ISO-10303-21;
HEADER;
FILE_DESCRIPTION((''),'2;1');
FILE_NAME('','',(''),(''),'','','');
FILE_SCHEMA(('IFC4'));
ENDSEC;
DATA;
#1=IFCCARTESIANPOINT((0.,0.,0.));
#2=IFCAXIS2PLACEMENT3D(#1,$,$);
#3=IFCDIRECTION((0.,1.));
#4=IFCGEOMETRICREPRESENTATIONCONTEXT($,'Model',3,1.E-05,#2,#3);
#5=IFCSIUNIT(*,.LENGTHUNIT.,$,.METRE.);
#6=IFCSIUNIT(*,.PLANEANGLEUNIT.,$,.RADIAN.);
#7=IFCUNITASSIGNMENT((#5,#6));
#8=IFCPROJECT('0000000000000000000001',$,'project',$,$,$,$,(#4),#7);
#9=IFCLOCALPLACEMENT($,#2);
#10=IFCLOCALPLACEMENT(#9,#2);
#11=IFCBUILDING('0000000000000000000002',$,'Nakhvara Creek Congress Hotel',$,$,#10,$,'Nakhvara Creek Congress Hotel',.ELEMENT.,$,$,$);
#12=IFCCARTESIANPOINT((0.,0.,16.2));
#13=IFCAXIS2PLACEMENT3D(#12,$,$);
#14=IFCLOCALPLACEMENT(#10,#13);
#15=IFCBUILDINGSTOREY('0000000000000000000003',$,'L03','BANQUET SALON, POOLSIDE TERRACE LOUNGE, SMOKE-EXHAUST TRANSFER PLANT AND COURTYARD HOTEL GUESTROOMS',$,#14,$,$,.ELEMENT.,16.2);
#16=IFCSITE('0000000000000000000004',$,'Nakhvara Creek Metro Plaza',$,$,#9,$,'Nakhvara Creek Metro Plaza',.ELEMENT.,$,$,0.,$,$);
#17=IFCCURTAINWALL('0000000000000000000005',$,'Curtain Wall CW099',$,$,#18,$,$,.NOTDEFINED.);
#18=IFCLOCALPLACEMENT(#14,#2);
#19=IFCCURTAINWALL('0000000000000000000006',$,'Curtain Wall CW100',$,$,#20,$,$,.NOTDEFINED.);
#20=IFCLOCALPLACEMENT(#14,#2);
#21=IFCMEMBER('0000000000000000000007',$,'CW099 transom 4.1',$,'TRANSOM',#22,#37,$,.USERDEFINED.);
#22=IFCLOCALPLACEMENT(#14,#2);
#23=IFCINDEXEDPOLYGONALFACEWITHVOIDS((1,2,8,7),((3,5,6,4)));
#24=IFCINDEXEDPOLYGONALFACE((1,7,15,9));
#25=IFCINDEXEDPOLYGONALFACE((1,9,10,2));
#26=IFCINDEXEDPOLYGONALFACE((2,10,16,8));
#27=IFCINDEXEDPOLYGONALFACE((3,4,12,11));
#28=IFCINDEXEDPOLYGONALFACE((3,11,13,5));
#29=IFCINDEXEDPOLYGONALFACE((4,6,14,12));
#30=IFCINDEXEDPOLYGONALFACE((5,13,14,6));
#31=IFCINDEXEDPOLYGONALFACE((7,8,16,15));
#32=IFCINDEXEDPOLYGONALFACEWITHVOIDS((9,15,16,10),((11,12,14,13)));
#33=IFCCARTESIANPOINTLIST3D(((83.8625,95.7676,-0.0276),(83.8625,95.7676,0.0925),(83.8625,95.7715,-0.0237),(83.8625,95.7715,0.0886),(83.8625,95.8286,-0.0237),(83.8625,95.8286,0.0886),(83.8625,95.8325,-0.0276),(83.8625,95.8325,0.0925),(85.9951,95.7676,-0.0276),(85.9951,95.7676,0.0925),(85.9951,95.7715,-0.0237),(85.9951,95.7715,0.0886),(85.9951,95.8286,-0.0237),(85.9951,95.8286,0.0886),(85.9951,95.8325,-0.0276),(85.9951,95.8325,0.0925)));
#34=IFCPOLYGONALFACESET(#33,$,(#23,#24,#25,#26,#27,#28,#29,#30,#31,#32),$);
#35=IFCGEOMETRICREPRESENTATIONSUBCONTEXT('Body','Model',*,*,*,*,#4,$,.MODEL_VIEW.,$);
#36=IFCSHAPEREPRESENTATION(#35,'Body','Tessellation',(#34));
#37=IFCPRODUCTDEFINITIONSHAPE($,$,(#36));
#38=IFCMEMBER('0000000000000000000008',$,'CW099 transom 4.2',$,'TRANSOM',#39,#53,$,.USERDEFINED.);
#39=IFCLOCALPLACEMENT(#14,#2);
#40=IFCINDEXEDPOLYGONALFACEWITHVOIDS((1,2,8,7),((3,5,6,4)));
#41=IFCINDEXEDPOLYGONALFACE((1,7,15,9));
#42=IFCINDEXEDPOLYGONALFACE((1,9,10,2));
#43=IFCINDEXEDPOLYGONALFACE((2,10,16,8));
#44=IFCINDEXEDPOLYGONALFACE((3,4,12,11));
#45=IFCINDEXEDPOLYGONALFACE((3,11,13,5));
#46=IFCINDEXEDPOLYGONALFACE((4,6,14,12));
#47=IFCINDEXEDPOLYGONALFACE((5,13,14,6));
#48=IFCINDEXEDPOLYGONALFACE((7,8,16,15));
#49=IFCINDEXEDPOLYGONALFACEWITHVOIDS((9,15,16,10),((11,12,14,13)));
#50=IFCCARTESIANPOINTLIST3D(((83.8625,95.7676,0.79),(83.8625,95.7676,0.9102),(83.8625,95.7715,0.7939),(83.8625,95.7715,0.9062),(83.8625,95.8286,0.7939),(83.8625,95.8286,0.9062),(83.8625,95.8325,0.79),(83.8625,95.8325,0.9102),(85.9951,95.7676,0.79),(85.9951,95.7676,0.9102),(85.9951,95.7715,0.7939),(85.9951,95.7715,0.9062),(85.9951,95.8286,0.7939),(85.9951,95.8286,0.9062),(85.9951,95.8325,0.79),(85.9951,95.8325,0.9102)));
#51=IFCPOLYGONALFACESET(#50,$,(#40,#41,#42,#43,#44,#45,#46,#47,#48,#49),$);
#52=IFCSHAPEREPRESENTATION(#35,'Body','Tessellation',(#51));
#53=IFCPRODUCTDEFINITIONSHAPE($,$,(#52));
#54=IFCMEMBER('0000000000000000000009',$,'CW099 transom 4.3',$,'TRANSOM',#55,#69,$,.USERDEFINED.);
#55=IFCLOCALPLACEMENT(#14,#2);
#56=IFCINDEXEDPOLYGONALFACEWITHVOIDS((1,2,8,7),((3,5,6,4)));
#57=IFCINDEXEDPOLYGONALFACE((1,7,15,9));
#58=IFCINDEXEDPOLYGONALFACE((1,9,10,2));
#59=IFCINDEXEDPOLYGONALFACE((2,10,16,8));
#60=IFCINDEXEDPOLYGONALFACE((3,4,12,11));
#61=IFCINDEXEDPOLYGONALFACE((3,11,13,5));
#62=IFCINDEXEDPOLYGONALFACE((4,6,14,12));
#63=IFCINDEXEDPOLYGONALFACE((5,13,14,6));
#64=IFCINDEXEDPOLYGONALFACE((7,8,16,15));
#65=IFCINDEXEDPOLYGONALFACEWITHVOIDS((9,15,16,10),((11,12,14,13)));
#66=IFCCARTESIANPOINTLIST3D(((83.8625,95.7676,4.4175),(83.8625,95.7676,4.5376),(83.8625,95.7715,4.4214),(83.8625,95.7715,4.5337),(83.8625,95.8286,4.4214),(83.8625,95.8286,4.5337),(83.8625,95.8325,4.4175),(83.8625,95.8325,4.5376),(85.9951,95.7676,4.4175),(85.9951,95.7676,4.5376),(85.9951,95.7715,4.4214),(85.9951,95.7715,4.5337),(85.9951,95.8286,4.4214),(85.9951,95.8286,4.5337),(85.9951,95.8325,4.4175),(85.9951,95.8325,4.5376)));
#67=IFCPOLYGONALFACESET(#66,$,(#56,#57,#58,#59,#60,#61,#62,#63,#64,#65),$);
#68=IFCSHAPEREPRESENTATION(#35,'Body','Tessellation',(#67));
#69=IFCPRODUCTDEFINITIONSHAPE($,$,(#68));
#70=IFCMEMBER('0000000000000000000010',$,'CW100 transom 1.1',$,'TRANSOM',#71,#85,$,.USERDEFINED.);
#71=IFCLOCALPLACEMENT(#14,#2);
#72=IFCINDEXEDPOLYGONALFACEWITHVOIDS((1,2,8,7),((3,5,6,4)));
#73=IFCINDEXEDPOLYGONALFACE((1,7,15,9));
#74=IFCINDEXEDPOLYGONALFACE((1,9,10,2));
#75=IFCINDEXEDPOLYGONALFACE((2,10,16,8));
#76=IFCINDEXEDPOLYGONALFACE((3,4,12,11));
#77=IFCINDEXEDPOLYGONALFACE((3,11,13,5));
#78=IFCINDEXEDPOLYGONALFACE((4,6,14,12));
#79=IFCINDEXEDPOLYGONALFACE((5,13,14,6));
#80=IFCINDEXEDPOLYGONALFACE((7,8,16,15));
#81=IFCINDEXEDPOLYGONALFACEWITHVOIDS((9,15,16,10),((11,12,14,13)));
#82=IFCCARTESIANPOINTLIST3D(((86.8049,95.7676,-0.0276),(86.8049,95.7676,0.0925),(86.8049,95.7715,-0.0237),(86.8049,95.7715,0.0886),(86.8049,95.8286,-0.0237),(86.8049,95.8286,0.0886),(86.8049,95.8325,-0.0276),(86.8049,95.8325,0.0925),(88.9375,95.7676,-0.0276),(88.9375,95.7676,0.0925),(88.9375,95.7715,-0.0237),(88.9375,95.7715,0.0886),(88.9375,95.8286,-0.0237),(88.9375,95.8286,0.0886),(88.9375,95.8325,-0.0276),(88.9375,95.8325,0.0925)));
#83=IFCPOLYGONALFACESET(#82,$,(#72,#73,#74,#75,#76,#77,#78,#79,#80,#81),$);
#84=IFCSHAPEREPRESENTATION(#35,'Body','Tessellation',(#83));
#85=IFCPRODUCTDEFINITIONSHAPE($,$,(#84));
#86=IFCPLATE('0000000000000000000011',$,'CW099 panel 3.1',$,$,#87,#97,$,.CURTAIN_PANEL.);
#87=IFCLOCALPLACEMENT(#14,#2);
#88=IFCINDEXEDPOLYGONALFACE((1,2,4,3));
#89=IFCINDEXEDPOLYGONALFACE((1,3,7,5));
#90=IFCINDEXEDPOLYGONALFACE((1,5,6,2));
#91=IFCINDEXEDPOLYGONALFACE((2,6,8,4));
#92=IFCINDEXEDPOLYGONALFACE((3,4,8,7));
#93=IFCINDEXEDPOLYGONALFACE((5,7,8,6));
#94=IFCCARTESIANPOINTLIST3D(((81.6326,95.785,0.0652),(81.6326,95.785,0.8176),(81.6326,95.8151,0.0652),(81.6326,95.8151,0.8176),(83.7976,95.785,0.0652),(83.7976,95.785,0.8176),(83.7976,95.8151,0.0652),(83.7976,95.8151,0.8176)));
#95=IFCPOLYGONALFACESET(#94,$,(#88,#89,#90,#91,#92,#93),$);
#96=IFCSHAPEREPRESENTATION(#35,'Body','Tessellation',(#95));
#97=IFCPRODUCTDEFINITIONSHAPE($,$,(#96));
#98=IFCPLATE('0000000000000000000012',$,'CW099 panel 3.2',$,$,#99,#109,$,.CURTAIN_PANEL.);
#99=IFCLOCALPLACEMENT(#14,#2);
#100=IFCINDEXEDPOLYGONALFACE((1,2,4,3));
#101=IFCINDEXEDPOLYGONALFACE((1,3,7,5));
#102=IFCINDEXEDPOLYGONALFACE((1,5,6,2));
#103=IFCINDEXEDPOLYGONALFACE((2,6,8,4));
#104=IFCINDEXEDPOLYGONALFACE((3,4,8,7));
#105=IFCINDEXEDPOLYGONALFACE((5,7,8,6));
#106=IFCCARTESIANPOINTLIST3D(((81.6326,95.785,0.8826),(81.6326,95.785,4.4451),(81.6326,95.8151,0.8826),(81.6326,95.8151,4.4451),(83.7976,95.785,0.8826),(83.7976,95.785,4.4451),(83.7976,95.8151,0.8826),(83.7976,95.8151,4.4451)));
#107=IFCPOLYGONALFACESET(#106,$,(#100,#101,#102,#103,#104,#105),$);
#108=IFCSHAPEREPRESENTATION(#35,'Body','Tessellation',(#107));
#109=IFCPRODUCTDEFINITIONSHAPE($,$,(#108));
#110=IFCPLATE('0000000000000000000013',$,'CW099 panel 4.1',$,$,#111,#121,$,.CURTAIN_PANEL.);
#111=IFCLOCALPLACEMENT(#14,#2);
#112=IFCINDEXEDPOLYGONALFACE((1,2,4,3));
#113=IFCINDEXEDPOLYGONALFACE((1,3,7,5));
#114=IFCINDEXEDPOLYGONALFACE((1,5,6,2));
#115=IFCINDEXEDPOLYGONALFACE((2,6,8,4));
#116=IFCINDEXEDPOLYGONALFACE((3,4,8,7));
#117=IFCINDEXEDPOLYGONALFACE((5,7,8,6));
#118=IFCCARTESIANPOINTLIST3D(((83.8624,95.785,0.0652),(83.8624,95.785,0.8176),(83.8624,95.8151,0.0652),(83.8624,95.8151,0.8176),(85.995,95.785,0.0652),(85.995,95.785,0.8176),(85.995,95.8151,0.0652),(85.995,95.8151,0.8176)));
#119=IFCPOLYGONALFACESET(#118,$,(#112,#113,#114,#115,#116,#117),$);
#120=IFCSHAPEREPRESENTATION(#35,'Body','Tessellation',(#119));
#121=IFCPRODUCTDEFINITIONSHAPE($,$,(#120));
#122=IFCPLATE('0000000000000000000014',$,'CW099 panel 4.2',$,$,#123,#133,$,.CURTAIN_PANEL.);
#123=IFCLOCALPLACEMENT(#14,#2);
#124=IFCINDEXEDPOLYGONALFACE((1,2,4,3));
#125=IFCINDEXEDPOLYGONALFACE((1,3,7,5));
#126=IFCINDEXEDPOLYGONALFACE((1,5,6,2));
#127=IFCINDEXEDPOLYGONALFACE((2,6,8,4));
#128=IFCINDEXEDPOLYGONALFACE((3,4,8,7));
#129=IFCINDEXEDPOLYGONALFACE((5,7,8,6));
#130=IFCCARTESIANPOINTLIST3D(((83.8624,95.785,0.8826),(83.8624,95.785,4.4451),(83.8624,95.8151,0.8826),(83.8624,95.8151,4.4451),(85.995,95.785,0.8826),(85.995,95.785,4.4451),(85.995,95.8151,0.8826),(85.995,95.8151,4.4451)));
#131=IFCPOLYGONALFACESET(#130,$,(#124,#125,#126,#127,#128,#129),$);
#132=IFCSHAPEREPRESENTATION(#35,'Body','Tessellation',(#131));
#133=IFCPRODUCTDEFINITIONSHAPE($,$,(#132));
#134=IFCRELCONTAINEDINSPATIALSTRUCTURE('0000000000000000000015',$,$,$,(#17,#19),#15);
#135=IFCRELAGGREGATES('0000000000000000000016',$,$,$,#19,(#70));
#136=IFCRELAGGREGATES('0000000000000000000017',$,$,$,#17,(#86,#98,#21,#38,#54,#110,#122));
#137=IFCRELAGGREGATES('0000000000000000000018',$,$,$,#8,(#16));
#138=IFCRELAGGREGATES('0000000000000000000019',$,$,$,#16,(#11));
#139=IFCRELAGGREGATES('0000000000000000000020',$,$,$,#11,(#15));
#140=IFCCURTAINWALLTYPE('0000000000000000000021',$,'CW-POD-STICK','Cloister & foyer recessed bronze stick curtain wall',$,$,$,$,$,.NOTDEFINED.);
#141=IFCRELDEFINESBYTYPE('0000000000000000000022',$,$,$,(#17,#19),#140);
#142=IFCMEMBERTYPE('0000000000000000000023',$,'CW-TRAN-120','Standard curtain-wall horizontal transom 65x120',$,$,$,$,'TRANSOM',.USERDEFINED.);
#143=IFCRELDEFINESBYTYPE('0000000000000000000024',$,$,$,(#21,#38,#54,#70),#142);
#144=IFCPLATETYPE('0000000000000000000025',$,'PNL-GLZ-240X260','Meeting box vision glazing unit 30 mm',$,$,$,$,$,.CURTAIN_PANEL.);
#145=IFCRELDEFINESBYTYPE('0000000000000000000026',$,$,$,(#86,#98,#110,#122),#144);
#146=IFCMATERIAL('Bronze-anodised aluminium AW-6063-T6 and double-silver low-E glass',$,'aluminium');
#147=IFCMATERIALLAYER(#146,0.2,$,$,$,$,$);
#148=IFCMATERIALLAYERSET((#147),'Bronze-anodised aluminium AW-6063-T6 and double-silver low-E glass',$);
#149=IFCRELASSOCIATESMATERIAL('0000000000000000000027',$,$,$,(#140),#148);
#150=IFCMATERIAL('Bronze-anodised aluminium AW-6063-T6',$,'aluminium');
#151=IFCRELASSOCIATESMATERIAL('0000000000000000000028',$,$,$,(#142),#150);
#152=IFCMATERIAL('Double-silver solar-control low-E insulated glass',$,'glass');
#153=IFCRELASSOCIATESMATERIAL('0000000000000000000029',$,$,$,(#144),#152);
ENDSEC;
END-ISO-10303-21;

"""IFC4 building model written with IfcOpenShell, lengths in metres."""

from ifc_helpers import new_model, si_unit, direction, frame, origin, origin_2d, place, context, subcontext, project, spatial, rectangle, hollow_rectangle, extrude, material, layer, layer_set, material_profile, profile_set, type_object, element, aggregate, save


model = new_model("IFC4")

# Units and contexts
model_context = context("Model", 3, precision=1e-05, world=origin(), true_north=direction((0.0, 1.0)))
body_context = subcontext(model_context, "Body", "Model", "MODEL_VIEW")
ifc_project = project(units=[si_unit("LENGTHUNIT", "METRE"), si_unit("PLANEANGLEUNIT", "RADIAN")], contexts=[model_context])

# Site, building, storey
site_placement = place(None, origin())
site = spatial("IfcSite", under=ifc_project, at=site_placement, Name="Nakhvara Creek Metro Plaza", LongName="Nakhvara Creek Metro Plaza", CompositionType="ELEMENT", RefElevation=0.0)
building_placement = place(site_placement, origin())
building = spatial("IfcBuilding", under=site, at=building_placement, Name="Nakhvara Creek Congress Hotel", LongName="Nakhvara Creek Congress Hotel", CompositionType="ELEMENT")
storey_placement = place(building_placement, frame((0.0, 0.0, 16.2)))
storey = spatial("IfcBuildingStorey", under=building, at=storey_placement, Name="L03", Description="BANQUET SALON, POOLSIDE TERRACE LOUNGE, SMOKE-EXHAUST TRANSFER PLANT AND COURTYARD HOTEL GUESTROOMS", CompositionType="ELEMENT", Elevation=16.2)

# Curtain wall
ifc_material_1 = material(Name="Bronze-anodised aluminium AW-6063-T6 and double-silver low-E glass", Category="aluminium")
ifc_layer = layer(ifc_material_1, 0.2)
ifc_layer_set = layer_set([ifc_layer], Name="Bronze-anodised aluminium AW-6063-T6 and double-silver low-E glass")
curtain_wall_type = type_object("IfcCurtainWallType", Name="CW-POD-STICK", Description="Cloister & foyer recessed bronze stick curtain wall", PredefinedType="NOTDEFINED", material=ifc_layer_set)
curtain_wall_1_placement = place(storey_placement, origin())
curtain_wall_1 = element("IfcCurtainWall", 1, at=curtain_wall_1_placement, inside=storey, type_object=curtain_wall_type, Name="Curtain Wall CW099", PredefinedType="NOTDEFINED")
ifc_material_2 = material(Name="Bronze-anodised aluminium AW-6063-T6", Category="aluminium")

# Curtain wall
curtain_wall_2_placement = place(storey_placement, origin())
curtain_wall_2 = element("IfcCurtainWall", 2, at=curtain_wall_2_placement, inside=storey, type_object=curtain_wall_type, Name="Curtain Wall CW100", PredefinedType="NOTDEFINED")

# Members
ifc_material_profile_1 = material_profile(ifc_material_2, hollow_rectangle(XDim=0.0649, YDim=0.1201, WallThickness=0.0039, at=origin_2d()), Name="ALU-TRAN 65x120x4", Category="LoadBearing")
ifc_profile_set_1 = profile_set([ifc_material_profile_1], Name="Bronze-anodised aluminium AW-6063-T6")
member_type_1 = type_object("IfcMemberType", Name="CW-TRAN-120", Description="Standard curtain-wall horizontal transom 65x120", ElementType="TRANSOM", PredefinedType="USERDEFINED", material=ifc_profile_set_1)
member_1_placement = place(storey_placement, frame((83.8625, 95.8, 0.0325), z_axis=(1.0, 0.0, 0.0), x_axis=(0.0, 1.0, 0.0)))
member_1 = element("IfcMember", 3, at=member_1_placement, type_object=member_type_1, Name="CW099 transom 4.1", ObjectType="TRANSOM", PredefinedType="USERDEFINED", context=body_context, shape_type="SweptSolid", body=[
    extrude(hollow_rectangle(XDim=0.0649, YDim=0.1201, WallThickness=0.0039, at=origin_2d()), origin(), (0.0, 0.0, 1.0), 2.1326),
])
member_2_placement = place(storey_placement, frame((83.8625, 95.8, 0.8501), z_axis=(1.0, 0.0, 0.0), x_axis=(0.0, 1.0, 0.0)))
member_2 = element("IfcMember", 4, at=member_2_placement, type_object=member_type_1, Name="CW099 transom 4.2", ObjectType="TRANSOM", PredefinedType="USERDEFINED", context=body_context, shape_type="SweptSolid", body=[
    extrude(hollow_rectangle(XDim=0.0649, YDim=0.1201, WallThickness=0.0039, at=origin_2d()), origin(), (0.0, 0.0, 1.0), 2.1326),
])
member_3_placement = place(storey_placement, frame((83.8625, 95.8, 4.4775), z_axis=(1.0, 0.0, 0.0), x_axis=(0.0, 1.0, 0.0)))
member_3 = element("IfcMember", 5, at=member_3_placement, type_object=member_type_1, Name="CW099 transom 4.3", ObjectType="TRANSOM", PredefinedType="USERDEFINED", context=body_context, shape_type="SweptSolid", body=[
    extrude(hollow_rectangle(XDim=0.0649, YDim=0.1201, WallThickness=0.0039, at=origin_2d()), origin(), (0.0, 0.0, 1.0), 2.1326),
])
member_4_placement = place(storey_placement, frame((86.8049, 95.8, 0.0325), z_axis=(1.0, 0.0, 0.0), x_axis=(0.0, 1.0, 0.0)))
member_4 = element("IfcMember", 6, at=member_4_placement, type_object=member_type_1, Name="CW100 transom 1.1", ObjectType="TRANSOM", PredefinedType="USERDEFINED", context=body_context, shape_type="SweptSolid", body=[
    extrude(hollow_rectangle(XDim=0.0649, YDim=0.1201, WallThickness=0.0039, at=origin_2d()), origin(), (0.0, 0.0, 1.0), 2.1326),
])
aggregate(curtain_wall_2, [member_4])

# Plates
ifc_material_3 = material(Name="Double-silver solar-control low-E insulated glass", Category="glass")
plate_type = type_object("IfcPlateType", Name="PNL-GLZ-240X260", Description="Meeting box vision glazing unit 30 mm", PredefinedType="CURTAIN_PANEL", material=ifc_material_3)
plate_1_placement = place(storey_placement, frame((82.7151, 95.8, 0.0652), z_axis=(0.0, 0.0, 1.0), x_axis=(1.0, 0.0, 0.0)))
plate_1 = element("IfcPlate", 7, at=plate_1_placement, type_object=plate_type, Name="CW099 panel 3.1", PredefinedType="CURTAIN_PANEL", context=body_context, shape_type="SweptSolid", body=[
    extrude(rectangle(XDim=2.165, YDim=0.03, at=origin_2d()), origin(), (0.0, 0.0, 1.0), 0.7524),
])
plate_2_placement = place(storey_placement, frame((82.7151, 95.8, 0.8826), z_axis=(0.0, 0.0, 1.0), x_axis=(1.0, 0.0, 0.0)))
plate_2 = element("IfcPlate", 8, at=plate_2_placement, type_object=plate_type, Name="CW099 panel 3.2", PredefinedType="CURTAIN_PANEL", context=body_context, shape_type="SweptSolid", body=[
    extrude(rectangle(XDim=2.165, YDim=0.03, at=origin_2d()), origin(), (0.0, 0.0, 1.0), 3.5625),
])
plate_3_placement = place(storey_placement, frame((84.9287, 95.8, 0.0652), z_axis=(0.0, 0.0, 1.0), x_axis=(1.0, 0.0, 0.0)))
plate_3 = element("IfcPlate", 9, at=plate_3_placement, type_object=plate_type, Name="CW099 panel 4.1", PredefinedType="CURTAIN_PANEL", context=body_context, shape_type="SweptSolid", body=[
    extrude(rectangle(XDim=2.1326, YDim=0.03, at=origin_2d()), origin(), (0.0, 0.0, 1.0), 0.7524),
])
plate_4_placement = place(storey_placement, frame((84.9287, 95.8, 0.8826), z_axis=(0.0, 0.0, 1.0), x_axis=(1.0, 0.0, 0.0)))
plate_4 = element("IfcPlate", 10, at=plate_4_placement, type_object=plate_type, Name="CW099 panel 4.2", PredefinedType="CURTAIN_PANEL", context=body_context, shape_type="SweptSolid", body=[
    extrude(rectangle(XDim=2.1326, YDim=0.03, at=origin_2d()), origin(), (0.0, 0.0, 1.0), 3.5625),
])
aggregate(curtain_wall_1, [plate_1, plate_2, member_1, member_2, member_3, plate_3, plate_4])

save(model, "model.ifc")
